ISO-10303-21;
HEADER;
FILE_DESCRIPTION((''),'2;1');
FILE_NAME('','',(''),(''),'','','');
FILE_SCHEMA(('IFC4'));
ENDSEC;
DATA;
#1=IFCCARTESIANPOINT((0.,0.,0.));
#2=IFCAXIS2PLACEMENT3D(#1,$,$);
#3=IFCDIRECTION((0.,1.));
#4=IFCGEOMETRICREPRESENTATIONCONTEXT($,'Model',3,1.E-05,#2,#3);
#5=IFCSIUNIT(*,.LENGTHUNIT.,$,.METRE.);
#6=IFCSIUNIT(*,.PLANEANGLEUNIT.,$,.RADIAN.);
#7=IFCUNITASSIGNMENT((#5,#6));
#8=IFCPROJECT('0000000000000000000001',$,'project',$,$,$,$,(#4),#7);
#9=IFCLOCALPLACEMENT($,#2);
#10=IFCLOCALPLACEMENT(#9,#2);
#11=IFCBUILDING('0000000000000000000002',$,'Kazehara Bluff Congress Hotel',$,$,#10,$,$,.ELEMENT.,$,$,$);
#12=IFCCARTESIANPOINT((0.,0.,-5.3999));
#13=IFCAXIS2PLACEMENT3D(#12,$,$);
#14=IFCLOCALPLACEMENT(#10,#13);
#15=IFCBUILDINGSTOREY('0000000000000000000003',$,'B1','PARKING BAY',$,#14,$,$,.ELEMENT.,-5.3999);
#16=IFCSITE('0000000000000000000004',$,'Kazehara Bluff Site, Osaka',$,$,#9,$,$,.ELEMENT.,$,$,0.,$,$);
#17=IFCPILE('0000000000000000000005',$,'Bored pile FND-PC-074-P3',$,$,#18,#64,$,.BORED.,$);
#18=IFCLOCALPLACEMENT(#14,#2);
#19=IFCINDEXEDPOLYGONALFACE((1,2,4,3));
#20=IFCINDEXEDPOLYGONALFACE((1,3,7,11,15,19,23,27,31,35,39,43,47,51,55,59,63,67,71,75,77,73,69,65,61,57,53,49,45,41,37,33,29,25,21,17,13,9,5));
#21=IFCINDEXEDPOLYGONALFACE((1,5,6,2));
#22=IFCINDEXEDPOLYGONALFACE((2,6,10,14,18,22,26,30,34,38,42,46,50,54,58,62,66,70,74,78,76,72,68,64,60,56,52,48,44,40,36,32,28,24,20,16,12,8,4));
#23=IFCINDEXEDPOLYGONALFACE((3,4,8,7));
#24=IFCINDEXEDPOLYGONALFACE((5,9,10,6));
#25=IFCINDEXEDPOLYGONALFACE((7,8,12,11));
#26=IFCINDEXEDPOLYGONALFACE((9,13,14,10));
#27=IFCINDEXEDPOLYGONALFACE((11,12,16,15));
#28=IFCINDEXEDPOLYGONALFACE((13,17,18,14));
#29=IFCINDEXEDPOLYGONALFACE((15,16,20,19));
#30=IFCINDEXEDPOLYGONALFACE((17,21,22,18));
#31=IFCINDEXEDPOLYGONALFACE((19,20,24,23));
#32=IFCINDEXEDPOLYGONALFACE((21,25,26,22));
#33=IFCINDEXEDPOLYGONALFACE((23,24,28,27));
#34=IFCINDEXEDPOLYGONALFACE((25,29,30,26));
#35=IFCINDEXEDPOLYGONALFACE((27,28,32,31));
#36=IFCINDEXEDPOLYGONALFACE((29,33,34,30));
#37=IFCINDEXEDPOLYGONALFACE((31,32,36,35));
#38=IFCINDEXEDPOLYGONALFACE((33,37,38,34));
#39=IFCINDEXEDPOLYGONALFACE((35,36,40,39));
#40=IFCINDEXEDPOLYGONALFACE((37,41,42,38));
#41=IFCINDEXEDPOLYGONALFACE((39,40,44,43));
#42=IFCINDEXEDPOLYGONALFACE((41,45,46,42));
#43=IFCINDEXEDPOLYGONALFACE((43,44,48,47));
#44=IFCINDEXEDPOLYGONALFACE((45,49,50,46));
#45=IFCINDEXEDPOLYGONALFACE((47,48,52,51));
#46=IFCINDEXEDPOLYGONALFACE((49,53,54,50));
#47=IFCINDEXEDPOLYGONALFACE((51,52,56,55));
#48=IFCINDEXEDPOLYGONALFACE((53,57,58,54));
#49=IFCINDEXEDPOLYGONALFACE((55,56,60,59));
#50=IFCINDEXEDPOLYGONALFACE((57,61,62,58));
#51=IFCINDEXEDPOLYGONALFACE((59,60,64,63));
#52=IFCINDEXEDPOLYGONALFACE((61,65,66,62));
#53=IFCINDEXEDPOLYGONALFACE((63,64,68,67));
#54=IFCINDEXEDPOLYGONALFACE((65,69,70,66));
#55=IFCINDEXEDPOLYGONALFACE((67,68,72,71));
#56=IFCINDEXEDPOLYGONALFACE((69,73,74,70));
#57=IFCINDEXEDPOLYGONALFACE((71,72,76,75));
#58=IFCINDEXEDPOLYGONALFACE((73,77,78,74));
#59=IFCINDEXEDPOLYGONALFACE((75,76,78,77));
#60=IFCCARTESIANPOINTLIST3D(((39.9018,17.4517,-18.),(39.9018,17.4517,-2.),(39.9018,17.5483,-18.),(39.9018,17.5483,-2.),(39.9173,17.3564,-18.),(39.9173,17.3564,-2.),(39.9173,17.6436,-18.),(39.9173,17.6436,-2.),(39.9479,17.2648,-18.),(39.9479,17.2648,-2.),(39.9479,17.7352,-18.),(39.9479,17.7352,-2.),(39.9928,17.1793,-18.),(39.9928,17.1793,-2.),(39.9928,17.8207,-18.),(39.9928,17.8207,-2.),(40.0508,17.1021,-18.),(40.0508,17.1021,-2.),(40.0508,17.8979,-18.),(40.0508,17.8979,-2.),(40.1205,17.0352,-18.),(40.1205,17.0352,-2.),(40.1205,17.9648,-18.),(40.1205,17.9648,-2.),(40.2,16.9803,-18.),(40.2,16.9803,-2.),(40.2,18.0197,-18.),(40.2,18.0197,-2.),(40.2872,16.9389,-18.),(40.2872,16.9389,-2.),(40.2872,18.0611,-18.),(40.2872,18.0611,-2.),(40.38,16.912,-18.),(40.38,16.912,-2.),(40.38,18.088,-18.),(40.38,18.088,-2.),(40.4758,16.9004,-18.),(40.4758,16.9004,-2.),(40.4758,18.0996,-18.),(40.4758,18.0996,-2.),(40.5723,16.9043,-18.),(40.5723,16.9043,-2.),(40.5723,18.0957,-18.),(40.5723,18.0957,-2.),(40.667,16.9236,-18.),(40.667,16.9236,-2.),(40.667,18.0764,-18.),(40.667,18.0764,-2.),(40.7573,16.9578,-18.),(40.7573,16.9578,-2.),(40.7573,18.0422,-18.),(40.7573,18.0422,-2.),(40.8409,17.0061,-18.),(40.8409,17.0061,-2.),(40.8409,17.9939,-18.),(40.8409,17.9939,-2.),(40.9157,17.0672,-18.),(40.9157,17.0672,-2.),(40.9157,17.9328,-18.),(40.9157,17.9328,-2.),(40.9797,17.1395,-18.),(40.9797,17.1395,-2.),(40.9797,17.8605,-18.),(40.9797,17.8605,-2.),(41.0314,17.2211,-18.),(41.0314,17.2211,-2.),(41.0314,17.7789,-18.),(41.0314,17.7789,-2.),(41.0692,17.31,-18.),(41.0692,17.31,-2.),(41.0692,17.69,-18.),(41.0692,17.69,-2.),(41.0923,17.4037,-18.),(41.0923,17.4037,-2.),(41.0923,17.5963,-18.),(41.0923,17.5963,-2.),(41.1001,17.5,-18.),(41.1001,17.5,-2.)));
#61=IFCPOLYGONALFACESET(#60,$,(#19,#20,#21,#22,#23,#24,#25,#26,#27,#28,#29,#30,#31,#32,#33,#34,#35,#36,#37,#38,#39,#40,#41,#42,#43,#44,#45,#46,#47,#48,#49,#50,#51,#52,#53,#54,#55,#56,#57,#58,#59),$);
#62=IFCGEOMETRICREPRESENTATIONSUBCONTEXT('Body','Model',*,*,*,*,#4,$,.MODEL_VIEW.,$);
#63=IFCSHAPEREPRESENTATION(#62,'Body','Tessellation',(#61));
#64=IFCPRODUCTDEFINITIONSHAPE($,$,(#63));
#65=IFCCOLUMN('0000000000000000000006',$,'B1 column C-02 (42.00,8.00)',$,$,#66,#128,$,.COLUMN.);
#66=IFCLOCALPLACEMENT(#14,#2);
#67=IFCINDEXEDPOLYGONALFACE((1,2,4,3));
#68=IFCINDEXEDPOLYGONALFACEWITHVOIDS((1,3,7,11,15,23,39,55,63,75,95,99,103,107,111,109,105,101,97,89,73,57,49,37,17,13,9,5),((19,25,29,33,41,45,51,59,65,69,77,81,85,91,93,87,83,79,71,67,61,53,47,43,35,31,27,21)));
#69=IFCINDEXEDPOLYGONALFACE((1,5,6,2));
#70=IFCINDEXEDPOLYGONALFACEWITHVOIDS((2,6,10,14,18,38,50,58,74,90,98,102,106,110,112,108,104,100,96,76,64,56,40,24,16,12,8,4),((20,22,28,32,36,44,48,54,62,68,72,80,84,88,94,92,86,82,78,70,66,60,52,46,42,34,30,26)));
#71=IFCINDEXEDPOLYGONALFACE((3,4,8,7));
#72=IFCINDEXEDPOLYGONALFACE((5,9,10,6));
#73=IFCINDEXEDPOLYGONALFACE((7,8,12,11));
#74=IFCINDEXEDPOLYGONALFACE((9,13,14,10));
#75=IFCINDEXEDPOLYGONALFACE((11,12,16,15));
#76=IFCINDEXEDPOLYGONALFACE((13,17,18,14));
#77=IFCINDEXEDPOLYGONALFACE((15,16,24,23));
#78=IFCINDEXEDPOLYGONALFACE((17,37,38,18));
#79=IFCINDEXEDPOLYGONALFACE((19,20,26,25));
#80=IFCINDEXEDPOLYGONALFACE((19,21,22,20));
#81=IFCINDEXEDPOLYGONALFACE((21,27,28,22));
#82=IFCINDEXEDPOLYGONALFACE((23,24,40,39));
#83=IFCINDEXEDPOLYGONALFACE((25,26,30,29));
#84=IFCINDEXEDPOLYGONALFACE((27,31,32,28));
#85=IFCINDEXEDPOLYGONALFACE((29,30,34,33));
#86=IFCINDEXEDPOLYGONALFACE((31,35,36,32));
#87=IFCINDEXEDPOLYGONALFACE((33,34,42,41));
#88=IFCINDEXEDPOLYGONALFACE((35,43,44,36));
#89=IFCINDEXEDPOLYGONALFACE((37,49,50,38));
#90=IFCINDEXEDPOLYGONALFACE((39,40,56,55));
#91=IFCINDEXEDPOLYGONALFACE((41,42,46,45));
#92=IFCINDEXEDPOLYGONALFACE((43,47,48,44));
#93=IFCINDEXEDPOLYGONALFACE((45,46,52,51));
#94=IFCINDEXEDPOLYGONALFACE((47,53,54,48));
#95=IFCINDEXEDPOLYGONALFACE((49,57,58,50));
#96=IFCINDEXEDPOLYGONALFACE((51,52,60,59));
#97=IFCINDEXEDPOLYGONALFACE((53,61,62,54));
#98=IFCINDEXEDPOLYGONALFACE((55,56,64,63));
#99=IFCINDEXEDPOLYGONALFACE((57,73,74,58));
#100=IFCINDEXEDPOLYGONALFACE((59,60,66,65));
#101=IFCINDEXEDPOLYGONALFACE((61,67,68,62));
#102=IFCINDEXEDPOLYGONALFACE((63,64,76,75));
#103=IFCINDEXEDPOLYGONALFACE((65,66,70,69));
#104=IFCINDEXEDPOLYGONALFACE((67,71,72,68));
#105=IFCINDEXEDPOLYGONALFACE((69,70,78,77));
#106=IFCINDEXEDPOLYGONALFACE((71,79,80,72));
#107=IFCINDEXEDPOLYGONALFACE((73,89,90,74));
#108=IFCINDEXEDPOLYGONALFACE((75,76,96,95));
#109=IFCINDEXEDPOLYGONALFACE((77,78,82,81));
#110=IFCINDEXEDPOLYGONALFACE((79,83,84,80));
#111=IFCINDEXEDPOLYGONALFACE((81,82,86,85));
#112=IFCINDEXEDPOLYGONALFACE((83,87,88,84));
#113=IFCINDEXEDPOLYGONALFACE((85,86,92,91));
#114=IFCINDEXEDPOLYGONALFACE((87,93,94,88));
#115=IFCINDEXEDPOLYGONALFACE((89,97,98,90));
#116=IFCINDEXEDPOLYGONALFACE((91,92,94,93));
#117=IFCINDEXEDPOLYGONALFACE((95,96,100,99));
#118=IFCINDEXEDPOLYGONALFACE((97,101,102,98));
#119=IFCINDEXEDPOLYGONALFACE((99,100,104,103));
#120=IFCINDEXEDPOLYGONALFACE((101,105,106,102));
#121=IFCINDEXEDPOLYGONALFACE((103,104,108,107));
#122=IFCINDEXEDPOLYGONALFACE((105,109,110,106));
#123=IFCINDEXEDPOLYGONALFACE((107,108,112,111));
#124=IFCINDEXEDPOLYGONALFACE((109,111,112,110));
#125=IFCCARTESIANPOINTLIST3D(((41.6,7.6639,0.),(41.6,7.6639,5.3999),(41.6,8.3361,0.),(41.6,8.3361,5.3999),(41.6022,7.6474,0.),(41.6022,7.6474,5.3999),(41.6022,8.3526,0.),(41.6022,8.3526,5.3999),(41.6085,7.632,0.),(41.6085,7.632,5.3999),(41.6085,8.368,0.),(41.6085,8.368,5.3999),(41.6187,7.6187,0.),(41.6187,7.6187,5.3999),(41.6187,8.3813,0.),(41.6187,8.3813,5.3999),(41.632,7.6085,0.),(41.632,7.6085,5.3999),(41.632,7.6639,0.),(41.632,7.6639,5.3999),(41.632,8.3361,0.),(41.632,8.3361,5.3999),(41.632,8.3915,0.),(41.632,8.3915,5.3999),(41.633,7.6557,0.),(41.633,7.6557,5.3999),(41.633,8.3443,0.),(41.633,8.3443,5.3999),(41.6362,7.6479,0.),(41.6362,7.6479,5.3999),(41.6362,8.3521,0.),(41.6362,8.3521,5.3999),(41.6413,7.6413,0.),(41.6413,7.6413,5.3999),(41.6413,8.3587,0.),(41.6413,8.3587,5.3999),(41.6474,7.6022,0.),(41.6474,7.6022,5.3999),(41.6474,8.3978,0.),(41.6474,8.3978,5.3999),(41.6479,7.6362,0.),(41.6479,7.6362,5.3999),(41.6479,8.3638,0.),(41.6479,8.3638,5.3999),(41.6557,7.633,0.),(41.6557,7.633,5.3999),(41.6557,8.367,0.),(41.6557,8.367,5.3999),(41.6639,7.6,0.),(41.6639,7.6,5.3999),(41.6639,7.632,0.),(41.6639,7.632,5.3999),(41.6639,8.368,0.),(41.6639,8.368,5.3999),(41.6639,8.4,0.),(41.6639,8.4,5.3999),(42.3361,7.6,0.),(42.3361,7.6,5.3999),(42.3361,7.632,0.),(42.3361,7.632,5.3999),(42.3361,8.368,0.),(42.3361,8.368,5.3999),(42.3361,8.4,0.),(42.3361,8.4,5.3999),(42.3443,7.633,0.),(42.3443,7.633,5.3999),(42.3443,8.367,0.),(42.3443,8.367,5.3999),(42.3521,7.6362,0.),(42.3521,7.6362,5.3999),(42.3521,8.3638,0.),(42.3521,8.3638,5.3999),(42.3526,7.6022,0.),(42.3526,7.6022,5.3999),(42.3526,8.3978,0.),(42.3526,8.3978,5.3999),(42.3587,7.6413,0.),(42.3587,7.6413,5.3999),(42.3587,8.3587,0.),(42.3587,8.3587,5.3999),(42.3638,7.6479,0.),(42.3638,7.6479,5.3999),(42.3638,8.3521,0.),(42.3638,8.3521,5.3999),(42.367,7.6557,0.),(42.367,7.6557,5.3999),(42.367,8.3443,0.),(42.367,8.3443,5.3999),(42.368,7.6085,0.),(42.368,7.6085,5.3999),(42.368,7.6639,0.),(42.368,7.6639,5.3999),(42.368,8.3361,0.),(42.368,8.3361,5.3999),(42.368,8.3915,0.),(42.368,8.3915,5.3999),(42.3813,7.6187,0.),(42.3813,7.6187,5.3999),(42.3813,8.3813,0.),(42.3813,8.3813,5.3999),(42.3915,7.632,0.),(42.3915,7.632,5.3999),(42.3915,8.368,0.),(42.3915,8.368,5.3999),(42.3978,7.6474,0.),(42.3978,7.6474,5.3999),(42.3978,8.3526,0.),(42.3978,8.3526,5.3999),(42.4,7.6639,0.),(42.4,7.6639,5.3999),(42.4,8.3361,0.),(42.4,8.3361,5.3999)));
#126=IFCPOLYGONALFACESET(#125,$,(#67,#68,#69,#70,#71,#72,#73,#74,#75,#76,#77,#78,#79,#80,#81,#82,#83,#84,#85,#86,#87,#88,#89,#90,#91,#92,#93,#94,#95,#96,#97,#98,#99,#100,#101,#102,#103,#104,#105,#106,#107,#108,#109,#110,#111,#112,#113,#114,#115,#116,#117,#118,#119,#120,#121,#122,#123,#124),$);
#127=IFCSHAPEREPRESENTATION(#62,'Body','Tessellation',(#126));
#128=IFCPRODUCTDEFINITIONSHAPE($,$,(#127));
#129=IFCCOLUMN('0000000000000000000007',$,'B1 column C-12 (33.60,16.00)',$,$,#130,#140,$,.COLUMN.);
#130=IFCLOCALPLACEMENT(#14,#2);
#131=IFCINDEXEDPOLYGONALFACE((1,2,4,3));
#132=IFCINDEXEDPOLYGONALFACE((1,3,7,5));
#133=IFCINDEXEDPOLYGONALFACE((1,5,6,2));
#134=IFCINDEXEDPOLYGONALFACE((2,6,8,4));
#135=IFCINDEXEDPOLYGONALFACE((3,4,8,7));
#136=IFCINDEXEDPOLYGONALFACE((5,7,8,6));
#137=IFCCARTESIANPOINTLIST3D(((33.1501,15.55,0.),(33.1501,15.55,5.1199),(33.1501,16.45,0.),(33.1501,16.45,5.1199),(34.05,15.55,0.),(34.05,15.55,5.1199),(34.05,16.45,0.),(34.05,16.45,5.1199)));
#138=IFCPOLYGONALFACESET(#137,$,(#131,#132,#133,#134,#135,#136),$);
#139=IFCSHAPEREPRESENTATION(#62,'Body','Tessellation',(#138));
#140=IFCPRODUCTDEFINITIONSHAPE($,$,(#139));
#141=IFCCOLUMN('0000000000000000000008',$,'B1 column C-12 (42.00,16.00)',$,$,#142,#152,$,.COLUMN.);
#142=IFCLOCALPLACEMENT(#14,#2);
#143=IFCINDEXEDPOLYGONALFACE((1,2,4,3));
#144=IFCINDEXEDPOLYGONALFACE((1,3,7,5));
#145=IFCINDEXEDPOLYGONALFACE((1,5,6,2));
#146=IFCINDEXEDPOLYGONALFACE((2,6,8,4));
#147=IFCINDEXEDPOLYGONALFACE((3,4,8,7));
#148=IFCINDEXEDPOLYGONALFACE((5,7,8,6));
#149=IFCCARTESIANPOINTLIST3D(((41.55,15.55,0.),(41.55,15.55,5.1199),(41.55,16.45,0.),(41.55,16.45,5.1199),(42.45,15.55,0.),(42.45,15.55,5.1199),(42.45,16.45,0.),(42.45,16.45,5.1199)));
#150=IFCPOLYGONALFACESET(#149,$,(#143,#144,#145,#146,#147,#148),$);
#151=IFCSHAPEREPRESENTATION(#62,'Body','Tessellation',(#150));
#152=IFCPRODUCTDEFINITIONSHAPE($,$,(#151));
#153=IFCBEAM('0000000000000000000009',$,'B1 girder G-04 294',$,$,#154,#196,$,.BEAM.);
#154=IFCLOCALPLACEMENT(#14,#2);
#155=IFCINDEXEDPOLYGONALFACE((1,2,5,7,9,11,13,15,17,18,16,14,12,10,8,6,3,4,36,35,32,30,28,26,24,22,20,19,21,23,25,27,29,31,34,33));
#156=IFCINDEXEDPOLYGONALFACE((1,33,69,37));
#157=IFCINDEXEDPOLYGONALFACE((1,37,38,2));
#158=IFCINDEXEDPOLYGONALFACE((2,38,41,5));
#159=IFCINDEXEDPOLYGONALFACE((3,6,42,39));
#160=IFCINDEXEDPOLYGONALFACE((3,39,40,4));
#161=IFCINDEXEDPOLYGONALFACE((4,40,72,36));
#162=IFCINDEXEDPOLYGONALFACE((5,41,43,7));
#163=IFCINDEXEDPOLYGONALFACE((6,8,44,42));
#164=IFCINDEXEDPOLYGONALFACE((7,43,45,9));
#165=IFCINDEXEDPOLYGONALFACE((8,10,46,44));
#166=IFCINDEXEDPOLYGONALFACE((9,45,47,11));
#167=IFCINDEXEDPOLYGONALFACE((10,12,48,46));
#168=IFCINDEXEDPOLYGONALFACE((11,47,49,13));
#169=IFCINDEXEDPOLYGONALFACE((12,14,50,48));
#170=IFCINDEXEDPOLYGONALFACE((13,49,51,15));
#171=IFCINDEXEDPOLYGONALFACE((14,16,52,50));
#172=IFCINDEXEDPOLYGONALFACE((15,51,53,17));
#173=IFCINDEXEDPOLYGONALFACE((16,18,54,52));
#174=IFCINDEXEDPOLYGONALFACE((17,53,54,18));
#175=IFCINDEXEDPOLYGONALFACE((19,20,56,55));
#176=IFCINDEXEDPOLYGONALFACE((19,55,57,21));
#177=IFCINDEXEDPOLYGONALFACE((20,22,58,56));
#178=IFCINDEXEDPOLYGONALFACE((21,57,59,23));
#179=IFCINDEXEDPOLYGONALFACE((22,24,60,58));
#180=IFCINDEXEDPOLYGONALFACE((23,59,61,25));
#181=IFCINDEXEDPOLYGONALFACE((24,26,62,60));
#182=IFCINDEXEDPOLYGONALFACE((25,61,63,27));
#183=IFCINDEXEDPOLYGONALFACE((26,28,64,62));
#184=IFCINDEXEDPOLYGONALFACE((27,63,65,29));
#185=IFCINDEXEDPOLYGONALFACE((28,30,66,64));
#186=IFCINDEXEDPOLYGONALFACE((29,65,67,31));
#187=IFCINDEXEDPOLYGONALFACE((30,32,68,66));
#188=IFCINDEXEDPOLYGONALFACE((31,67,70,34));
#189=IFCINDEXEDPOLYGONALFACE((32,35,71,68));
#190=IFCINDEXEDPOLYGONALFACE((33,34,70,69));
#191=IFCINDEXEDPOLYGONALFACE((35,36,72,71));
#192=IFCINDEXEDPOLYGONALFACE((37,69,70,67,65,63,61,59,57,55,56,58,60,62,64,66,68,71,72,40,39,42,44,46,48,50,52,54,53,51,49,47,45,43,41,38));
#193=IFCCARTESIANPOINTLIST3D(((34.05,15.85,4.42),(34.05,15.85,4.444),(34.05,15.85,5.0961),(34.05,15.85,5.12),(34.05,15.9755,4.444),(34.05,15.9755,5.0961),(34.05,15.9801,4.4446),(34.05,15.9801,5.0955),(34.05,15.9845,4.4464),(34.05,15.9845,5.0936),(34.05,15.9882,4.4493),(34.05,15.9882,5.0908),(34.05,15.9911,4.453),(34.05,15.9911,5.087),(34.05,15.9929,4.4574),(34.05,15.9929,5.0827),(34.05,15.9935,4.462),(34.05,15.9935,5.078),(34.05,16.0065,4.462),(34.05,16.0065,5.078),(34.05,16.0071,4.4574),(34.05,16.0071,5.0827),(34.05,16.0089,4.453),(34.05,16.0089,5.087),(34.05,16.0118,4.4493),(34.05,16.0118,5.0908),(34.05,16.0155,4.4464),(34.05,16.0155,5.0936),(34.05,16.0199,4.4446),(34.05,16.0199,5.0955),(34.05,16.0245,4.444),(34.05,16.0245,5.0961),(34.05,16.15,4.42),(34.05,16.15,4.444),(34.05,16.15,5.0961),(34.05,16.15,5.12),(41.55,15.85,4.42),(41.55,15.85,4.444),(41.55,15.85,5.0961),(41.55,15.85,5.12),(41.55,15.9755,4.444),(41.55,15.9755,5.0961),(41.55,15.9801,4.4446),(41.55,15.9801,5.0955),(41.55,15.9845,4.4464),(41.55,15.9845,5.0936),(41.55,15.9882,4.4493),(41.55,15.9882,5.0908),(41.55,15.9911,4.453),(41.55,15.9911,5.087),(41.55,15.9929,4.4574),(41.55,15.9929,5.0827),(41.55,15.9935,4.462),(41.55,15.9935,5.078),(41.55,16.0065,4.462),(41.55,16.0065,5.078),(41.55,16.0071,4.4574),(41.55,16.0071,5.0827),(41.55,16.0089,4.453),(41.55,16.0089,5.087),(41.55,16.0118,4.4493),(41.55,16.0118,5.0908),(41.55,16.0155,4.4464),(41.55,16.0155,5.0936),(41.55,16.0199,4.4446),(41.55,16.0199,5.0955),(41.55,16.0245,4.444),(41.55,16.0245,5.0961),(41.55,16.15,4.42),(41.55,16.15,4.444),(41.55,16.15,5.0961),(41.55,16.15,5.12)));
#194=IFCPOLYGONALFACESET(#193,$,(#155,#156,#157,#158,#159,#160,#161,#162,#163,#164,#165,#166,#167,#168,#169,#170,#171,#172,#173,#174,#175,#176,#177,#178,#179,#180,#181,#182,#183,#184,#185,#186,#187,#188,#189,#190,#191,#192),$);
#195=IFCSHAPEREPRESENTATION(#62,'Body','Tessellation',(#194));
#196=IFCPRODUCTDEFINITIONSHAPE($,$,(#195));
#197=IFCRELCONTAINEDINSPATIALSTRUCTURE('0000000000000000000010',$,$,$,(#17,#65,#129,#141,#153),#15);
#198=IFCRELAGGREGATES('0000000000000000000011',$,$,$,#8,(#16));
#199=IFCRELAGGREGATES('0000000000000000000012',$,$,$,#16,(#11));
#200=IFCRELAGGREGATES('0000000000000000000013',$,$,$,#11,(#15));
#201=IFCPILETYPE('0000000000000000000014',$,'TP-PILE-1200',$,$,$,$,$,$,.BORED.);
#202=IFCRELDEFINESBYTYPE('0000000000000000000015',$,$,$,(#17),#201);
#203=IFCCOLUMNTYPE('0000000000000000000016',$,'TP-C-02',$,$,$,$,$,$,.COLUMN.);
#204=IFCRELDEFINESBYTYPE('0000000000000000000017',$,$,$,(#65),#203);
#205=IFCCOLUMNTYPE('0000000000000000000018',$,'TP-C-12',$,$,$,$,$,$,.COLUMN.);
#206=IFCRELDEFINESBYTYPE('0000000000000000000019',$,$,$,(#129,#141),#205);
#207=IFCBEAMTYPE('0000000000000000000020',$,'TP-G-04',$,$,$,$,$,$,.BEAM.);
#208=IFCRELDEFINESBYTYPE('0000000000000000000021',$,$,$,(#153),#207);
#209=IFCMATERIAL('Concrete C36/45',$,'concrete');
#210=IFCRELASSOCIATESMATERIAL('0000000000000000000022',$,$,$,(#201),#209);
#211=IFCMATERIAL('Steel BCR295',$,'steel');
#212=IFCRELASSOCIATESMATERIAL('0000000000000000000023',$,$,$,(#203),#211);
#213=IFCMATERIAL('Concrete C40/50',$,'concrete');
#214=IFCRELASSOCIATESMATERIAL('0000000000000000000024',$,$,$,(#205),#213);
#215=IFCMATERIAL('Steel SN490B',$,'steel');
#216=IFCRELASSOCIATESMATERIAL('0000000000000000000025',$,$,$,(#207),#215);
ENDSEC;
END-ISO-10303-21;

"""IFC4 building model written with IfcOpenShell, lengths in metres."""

from ifc_helpers import new_model, si_unit, direction, frame, origin, origin_2d, place, context, subcontext, project, spatial, rectangle, hollow_rectangle, circle, i_section, extrude, material, material_profile, profile_set, type_object, element, save


model = new_model("IFC4")

# Units and contexts
model_context = context("Model", 3, precision=1e-05, world=origin(), true_north=direction((0.0, 1.0)))
body_context = subcontext(model_context, "Body", "Model", "MODEL_VIEW")
ifc_project = project(units=[si_unit("LENGTHUNIT", "METRE"), si_unit("PLANEANGLEUNIT", "RADIAN")], contexts=[model_context])

# Site, building, storey
site_placement = place(None, origin())
site = spatial("IfcSite", under=ifc_project, at=site_placement, Name="Kazehara Bluff Site, Osaka", CompositionType="ELEMENT", RefElevation=0.0)
building_placement = place(site_placement, origin())
building = spatial("IfcBuilding", under=site, at=building_placement, Name="Kazehara Bluff Congress Hotel", CompositionType="ELEMENT")
storey_placement = place(building_placement, frame((0.0, 0.0, -5.3999)))
storey = spatial("IfcBuildingStorey", under=building, at=storey_placement, Name="B1", Description="PARKING BAY", CompositionType="ELEMENT", Elevation=-5.3999)

# Pile
ifc_material_1 = material(Name="Concrete C36/45", Category="concrete")
ifc_material_profile_1 = material_profile(ifc_material_1, circle(Radius=0.6001, at=origin_2d()))
ifc_profile_set_1 = profile_set([ifc_material_profile_1], Name="Concrete C36/45")
pile_type = type_object("IfcPileType", Name="TP-PILE-1200", PredefinedType="BORED", material=ifc_profile_set_1)
for number, where, z_axis, x_axis, name in (
    (1, (40.5, 17.5, -2.0), (0.0, 0.0, -1.0), (1.0, 0.0, 0.0), "Bored pile FND-PC-074-P3"),
):
    element("IfcPile", number, at=place(storey_placement, frame(where, z_axis=z_axis, x_axis=x_axis)), inside=storey, type_object=pile_type, Name=name, PredefinedType="BORED", context=body_context, shape_type="SweptSolid", body=[
        extrude(circle(Radius=0.6001, at=origin_2d()), origin(), (0.0, 0.0, 1.0), 16.0),
    ])

# Columns
ifc_material_2 = material(Name="Steel BCR295", Category="steel")
ifc_material_profile_2 = material_profile(ifc_material_2, hollow_rectangle(XDim=0.8, YDim=0.8, WallThickness=0.032, InnerFilletRadius=0.032, OuterFilletRadius=0.064, at=origin_2d()))
ifc_profile_set_2 = profile_set([ifc_material_profile_2], Name="Steel BCR295")
column_type_1 = type_object("IfcColumnType", Name="TP-C-02", PredefinedType="COLUMN", material=ifc_profile_set_2)
column_placement = place(storey_placement, frame((42.0, 8.0, 0.0), z_axis=(0.0, 0.0, 1.0), x_axis=(1.0, 0.0, 0.0)))
element("IfcColumn", 2, at=column_placement, inside=storey, type_object=column_type_1, Name="B1 column C-02 (42.00,8.00)", PredefinedType="COLUMN", context=body_context, shape_type="SweptSolid", body=[
    extrude(hollow_rectangle(XDim=0.8, YDim=0.8, WallThickness=0.032, InnerFilletRadius=0.032, OuterFilletRadius=0.064, at=origin_2d()), origin(), (0.0, 0.0, 1.0), 5.3999),
])
ifc_material_3 = material(Name="Concrete C40/50", Category="concrete")
ifc_material_profile_3 = material_profile(ifc_material_3, rectangle(XDim=0.8999, YDim=0.8999, at=origin_2d()))
ifc_profile_set_3 = profile_set([ifc_material_profile_3], Name="Concrete C40/50")
column_type_2 = type_object("IfcColumnType", Name="TP-C-12", PredefinedType="COLUMN", material=ifc_profile_set_3)
for number, where, z_axis, x_axis, name in (
    (3, (33.6001, 16.0, 0.0), (0.0, 0.0, 1.0), (1.0, 0.0, 0.0), "B1 column C-12 (33.60,16.00)"),
    (4, (42.0, 16.0, 0.0), (0.0, 0.0, 1.0), (1.0, 0.0, 0.0), "B1 column C-12 (42.00,16.00)"),
):
    element("IfcColumn", number, at=place(storey_placement, frame(where, z_axis=z_axis, x_axis=x_axis)), inside=storey, type_object=column_type_2, Name=name, PredefinedType="COLUMN", context=body_context, shape_type="SweptSolid", body=[
        extrude(rectangle(XDim=0.8999, YDim=0.8999, at=origin_2d()), origin(), (0.0, 0.0, 1.0), 5.1199),
    ])

# Beam
ifc_material_4 = material(Name="Steel SN490B", Category="steel")
ifc_material_profile_4 = material_profile(ifc_material_4, i_section(OverallWidth=0.3, OverallDepth=0.7, WebThickness=0.0129, FlangeThickness=0.0239, FilletRadius=0.0181, at=origin_2d()))
ifc_profile_set_4 = profile_set([ifc_material_profile_4], Name="Steel SN490B")
beam_type_1 = type_object("IfcBeamType", Name="TP-G-04", PredefinedType="BEAM", material=ifc_profile_set_4)
beam_1_placement = place(storey_placement, frame((34.05, 16.0, 4.77), z_axis=(1.0, 0.0, 0.0), x_axis=(0.0, 1.0, 0.0)))
element("IfcBeam", 5, at=beam_1_placement, inside=storey, type_object=beam_type_1, Name="B1 girder G-04 294", PredefinedType="BEAM", context=body_context, shape_type="SweptSolid", body=[
    extrude(i_section(OverallWidth=0.3, OverallDepth=0.7, WebThickness=0.0129, FlangeThickness=0.0239, FilletRadius=0.0181, at=origin_2d()), origin(), (0.0, 0.0, 1.0), 7.5),
])

save(model, "model.ifc")
